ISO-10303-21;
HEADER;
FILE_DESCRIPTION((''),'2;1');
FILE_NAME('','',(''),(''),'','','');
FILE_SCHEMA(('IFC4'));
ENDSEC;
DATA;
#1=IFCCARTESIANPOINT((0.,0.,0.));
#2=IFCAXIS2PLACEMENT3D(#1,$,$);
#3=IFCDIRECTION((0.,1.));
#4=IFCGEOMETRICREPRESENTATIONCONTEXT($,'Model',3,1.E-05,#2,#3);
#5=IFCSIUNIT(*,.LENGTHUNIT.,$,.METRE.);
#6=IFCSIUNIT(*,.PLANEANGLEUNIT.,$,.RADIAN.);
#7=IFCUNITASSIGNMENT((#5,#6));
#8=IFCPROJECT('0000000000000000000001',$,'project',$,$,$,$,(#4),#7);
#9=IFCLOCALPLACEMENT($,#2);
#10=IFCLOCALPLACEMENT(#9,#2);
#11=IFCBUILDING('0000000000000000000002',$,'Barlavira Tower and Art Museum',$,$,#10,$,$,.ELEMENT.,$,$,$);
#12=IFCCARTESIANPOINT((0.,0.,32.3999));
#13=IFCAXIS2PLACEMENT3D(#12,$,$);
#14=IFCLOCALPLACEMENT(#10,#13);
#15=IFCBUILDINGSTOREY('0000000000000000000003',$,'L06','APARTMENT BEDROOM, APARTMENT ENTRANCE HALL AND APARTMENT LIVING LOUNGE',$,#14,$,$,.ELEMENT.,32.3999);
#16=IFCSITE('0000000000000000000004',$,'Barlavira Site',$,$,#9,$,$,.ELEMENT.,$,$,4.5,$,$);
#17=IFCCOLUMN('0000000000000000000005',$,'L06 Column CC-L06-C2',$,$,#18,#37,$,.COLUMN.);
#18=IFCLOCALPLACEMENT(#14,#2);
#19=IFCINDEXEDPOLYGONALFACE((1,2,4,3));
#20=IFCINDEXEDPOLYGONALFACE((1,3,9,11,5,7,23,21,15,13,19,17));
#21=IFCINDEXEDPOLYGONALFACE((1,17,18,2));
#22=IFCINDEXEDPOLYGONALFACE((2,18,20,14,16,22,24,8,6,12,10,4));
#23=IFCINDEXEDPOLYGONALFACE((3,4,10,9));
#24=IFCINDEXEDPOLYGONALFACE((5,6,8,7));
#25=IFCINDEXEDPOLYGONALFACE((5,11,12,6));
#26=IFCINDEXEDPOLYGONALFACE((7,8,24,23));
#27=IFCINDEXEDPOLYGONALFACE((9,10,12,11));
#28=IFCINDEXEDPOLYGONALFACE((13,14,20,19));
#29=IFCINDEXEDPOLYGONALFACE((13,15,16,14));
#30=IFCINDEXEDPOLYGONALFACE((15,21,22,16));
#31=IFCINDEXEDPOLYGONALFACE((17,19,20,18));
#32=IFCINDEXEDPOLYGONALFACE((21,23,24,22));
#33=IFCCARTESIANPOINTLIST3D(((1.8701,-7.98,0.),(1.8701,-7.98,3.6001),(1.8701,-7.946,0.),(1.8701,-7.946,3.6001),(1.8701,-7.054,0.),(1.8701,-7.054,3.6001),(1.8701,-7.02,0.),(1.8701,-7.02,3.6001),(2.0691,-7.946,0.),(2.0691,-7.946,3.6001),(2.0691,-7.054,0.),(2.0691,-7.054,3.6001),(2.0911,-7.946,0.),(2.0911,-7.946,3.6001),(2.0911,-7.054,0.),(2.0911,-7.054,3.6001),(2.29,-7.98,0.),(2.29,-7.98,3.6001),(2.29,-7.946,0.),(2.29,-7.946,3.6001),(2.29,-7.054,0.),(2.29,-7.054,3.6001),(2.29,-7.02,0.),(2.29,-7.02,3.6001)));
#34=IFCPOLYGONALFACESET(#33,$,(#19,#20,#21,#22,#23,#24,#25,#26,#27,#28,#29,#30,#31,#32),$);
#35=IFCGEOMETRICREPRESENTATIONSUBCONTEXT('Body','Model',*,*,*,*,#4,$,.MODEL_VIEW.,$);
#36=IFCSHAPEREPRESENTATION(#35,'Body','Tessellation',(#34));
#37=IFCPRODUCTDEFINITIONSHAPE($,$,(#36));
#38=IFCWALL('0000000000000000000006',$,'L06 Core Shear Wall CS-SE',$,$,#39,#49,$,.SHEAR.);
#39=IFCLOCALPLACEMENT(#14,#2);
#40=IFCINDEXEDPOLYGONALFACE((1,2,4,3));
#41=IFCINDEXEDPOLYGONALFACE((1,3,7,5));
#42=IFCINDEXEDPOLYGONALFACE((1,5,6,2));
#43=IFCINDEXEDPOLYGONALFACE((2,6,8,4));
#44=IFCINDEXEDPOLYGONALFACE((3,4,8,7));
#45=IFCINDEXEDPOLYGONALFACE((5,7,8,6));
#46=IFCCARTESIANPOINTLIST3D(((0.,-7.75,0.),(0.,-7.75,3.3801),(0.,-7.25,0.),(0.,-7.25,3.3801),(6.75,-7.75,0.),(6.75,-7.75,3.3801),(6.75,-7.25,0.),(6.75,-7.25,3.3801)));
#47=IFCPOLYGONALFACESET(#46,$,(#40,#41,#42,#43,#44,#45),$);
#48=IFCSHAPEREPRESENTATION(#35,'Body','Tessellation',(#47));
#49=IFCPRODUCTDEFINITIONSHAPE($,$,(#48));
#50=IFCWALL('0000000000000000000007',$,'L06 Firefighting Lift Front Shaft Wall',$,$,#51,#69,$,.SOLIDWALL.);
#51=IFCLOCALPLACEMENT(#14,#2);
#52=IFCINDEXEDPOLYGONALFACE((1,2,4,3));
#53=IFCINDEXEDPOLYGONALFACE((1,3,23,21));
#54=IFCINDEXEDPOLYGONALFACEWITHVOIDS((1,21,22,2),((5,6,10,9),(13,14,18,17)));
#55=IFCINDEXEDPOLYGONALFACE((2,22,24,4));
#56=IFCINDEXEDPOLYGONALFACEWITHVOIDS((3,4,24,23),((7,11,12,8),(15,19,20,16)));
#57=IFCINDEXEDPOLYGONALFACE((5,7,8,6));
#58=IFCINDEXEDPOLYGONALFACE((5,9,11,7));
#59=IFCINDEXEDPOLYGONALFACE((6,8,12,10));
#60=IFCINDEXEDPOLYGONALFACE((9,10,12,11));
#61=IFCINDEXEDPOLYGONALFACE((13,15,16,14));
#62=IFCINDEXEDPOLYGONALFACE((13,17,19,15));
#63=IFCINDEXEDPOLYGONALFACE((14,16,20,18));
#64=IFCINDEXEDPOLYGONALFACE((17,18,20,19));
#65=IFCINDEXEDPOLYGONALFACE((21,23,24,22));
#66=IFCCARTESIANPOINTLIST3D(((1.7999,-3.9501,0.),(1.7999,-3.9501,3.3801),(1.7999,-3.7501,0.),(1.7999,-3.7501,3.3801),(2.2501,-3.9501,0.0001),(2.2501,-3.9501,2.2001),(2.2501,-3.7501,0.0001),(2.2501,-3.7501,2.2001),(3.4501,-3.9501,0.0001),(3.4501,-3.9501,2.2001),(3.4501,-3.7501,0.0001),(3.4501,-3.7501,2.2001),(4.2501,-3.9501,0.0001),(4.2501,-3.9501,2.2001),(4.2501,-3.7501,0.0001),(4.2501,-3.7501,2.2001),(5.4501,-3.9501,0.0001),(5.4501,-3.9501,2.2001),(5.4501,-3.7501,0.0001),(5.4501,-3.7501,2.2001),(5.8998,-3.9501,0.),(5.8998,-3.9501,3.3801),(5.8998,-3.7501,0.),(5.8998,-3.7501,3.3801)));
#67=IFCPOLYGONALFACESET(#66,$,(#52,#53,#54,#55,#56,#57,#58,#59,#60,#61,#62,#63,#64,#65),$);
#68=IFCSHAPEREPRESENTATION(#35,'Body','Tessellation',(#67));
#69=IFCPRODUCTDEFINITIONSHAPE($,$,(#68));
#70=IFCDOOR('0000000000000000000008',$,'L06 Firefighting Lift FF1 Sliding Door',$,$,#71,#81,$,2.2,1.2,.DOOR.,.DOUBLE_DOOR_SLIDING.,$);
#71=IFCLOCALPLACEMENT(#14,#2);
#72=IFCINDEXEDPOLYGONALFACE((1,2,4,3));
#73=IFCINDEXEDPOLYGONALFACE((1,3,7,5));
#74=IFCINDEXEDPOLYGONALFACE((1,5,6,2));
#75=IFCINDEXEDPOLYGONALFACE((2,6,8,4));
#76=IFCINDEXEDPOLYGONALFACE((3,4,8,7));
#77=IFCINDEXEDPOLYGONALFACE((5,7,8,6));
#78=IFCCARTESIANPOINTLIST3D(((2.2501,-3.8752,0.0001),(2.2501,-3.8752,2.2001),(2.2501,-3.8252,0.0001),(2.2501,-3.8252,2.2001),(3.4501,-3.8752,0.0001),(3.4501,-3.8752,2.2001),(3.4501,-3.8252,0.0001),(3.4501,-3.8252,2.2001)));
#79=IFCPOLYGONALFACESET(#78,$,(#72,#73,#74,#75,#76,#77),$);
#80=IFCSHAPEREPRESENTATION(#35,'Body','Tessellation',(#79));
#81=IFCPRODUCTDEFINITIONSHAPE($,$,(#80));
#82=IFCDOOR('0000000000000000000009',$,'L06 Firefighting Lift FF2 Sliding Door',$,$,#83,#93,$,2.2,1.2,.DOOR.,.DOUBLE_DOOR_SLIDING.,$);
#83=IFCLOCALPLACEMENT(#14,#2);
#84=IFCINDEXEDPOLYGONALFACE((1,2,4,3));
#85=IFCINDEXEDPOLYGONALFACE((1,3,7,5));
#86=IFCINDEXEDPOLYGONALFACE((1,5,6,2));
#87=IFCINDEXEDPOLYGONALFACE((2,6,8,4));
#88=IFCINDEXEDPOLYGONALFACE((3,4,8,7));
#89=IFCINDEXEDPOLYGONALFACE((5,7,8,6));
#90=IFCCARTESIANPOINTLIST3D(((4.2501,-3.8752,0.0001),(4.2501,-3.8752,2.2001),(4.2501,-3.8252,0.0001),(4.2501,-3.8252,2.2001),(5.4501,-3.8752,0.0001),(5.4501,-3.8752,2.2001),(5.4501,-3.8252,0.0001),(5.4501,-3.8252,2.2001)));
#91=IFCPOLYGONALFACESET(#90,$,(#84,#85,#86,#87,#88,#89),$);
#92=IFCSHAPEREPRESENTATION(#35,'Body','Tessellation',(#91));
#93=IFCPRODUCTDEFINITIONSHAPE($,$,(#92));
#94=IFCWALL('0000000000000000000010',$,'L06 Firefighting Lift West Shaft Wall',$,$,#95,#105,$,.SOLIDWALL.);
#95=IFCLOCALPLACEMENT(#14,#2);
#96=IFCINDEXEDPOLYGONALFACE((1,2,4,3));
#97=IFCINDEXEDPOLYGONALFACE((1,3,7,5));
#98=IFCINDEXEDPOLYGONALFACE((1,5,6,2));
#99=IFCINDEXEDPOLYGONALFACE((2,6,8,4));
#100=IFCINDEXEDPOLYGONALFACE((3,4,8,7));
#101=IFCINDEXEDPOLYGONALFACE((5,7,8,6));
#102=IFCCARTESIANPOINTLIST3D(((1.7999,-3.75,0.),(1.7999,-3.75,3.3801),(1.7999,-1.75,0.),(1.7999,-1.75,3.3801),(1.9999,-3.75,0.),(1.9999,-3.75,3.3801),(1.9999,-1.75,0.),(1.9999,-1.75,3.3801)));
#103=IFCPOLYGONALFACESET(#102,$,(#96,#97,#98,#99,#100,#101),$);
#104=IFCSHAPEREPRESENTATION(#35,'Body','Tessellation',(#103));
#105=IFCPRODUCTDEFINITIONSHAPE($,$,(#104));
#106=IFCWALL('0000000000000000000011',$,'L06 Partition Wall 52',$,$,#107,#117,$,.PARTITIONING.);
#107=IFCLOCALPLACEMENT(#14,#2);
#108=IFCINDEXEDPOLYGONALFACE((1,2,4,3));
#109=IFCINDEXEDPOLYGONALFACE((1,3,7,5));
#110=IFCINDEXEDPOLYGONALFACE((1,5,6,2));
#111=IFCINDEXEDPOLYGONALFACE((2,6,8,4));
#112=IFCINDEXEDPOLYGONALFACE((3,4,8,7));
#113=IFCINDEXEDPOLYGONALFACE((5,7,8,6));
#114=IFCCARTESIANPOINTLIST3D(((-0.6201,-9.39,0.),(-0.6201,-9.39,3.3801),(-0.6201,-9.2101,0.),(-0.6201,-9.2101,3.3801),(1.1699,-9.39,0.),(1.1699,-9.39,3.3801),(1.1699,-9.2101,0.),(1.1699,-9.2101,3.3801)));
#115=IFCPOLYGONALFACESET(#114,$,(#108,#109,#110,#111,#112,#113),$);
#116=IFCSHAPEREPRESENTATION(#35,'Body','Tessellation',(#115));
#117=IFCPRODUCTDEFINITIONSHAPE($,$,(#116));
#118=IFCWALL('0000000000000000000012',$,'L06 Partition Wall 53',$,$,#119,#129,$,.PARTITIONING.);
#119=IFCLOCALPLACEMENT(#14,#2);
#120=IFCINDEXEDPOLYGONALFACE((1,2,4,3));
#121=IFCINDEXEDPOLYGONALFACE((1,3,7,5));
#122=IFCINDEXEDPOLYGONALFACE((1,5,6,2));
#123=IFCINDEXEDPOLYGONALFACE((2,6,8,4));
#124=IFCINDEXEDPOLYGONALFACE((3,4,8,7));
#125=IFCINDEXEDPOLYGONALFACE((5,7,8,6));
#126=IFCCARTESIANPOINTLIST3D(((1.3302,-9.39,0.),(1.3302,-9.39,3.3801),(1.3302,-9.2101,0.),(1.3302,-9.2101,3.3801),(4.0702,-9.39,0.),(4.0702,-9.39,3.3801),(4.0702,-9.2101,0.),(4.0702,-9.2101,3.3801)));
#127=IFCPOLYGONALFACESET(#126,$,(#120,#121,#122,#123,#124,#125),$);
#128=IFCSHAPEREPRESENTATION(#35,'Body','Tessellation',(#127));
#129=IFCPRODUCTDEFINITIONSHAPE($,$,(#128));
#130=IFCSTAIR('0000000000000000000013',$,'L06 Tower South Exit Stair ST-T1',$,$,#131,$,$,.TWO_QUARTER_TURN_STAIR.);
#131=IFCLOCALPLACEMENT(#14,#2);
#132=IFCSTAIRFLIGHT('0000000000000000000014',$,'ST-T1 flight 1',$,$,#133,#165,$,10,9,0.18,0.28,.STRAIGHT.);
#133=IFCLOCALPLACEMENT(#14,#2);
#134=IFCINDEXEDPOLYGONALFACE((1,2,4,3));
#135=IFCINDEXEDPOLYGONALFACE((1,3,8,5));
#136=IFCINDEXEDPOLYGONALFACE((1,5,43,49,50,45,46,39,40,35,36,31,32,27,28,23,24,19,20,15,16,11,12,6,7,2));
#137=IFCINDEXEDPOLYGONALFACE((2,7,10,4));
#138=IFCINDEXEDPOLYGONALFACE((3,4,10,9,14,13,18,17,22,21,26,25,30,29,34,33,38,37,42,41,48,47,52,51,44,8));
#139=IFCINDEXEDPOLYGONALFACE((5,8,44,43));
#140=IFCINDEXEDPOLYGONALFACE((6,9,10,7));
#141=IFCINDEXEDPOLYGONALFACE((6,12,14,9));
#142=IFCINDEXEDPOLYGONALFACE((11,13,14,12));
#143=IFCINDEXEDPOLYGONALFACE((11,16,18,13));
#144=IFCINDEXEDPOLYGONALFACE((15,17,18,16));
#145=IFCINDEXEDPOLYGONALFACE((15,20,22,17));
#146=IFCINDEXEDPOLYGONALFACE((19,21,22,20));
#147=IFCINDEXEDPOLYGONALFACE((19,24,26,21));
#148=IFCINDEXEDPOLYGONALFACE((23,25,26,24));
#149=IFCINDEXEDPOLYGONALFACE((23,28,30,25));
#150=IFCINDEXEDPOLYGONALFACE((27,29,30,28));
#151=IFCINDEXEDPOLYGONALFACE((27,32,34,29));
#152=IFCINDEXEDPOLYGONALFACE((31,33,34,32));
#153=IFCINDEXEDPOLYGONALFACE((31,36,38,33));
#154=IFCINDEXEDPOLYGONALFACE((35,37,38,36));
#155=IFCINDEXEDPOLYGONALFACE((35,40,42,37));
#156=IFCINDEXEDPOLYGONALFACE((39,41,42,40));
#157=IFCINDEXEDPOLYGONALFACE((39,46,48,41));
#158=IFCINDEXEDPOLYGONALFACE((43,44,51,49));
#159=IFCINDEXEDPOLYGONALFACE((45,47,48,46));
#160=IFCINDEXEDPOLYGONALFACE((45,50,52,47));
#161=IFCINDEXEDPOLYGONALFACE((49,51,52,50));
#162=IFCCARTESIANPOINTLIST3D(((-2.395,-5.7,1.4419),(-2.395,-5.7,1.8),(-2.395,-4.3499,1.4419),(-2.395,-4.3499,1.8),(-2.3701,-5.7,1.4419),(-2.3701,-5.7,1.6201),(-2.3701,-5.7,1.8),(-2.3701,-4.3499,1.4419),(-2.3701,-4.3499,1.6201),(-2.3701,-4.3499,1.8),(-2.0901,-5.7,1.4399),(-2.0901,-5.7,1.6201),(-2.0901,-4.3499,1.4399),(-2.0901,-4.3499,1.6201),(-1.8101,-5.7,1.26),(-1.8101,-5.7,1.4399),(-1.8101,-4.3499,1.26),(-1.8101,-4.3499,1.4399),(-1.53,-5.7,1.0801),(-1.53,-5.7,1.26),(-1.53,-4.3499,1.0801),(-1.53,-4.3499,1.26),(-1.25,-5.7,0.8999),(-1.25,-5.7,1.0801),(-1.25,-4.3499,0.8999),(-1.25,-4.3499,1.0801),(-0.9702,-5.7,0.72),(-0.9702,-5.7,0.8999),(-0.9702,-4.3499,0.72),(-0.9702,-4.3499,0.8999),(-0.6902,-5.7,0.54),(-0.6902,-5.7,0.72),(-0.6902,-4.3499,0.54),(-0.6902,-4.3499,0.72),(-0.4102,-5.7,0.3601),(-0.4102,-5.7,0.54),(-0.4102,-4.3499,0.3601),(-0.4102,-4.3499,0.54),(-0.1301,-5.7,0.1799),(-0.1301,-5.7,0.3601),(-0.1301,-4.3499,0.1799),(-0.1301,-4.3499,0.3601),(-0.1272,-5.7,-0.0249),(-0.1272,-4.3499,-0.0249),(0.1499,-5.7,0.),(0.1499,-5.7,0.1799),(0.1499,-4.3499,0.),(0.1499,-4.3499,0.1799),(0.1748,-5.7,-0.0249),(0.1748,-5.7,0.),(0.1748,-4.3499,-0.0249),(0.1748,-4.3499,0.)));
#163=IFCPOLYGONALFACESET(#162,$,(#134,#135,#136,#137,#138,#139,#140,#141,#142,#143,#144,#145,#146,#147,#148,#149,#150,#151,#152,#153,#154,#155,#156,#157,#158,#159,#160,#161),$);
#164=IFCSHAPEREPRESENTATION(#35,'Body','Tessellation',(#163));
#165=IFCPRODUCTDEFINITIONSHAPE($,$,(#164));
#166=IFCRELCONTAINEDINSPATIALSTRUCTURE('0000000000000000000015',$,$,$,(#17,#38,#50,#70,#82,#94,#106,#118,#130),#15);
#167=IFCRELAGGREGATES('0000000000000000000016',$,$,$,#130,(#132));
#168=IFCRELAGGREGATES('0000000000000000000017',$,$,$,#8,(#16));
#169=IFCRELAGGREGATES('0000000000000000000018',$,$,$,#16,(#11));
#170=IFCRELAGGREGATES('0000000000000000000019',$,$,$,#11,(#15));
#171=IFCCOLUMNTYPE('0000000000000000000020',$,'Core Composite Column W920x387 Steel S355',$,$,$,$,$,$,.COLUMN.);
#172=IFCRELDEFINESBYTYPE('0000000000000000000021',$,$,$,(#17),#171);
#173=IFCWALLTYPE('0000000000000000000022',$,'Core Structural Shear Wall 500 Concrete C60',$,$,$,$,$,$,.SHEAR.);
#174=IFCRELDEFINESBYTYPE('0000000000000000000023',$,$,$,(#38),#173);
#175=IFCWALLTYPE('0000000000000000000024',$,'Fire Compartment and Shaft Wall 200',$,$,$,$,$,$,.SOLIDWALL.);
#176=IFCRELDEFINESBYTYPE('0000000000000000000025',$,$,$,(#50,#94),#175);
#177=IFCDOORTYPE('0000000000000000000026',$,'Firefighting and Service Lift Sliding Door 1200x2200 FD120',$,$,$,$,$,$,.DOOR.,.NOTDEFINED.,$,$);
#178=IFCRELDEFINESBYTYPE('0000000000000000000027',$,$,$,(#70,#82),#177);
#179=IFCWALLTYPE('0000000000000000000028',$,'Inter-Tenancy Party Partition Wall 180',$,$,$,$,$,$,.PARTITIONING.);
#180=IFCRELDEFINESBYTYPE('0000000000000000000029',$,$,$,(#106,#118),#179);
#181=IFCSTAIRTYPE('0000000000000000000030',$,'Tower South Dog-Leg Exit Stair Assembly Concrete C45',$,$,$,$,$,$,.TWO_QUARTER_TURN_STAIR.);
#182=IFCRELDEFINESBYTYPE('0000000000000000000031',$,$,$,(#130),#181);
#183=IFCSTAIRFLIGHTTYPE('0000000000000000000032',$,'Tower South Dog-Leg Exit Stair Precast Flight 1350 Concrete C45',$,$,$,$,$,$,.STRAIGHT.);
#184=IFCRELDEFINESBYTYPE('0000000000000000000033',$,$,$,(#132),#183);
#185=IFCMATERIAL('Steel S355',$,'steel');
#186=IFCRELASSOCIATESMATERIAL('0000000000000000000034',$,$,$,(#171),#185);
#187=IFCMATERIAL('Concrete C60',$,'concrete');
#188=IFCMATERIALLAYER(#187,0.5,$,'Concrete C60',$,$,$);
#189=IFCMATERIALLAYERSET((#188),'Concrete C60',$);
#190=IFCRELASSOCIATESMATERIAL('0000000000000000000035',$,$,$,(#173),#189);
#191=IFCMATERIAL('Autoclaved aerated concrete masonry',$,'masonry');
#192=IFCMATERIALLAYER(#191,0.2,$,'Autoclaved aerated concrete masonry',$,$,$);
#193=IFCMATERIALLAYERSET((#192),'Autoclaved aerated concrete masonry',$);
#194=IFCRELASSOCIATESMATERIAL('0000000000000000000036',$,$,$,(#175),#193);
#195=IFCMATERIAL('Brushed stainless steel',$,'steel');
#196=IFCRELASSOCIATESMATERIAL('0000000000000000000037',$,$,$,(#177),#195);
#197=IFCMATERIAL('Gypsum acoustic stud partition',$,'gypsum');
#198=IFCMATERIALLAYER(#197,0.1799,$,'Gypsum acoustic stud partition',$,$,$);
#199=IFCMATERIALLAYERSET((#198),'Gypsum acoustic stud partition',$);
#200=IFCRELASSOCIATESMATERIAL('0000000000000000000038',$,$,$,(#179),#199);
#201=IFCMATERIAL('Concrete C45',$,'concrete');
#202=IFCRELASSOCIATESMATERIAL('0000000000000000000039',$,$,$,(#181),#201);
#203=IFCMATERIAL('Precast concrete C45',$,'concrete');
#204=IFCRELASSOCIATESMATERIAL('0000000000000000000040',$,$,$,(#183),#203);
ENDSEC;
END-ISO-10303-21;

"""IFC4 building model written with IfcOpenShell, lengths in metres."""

from ifc_helpers import new_model, si_unit, direction, frame, frame_2d, origin, origin_2d, place, context, subcontext, project, spatial, polyline, rectangle, i_section, outline, extrude, material, layer, layer_set, material_profile, profile_set, type_object, element, fill, aggregate, save


model = new_model("IFC4")

# Units and contexts
model_context = context("Model", 3, precision=1e-05, world=origin(), true_north=direction((0.0, 1.0)))
body_context = subcontext(model_context, "Body", "Model", "MODEL_VIEW")
ifc_project = project(units=[si_unit("LENGTHUNIT", "METRE"), si_unit("PLANEANGLEUNIT", "RADIAN")], contexts=[model_context])

# Site, building, storey
site_placement = place(None, origin())
site = spatial("IfcSite", under=ifc_project, at=site_placement, Name="Barlavira Site", CompositionType="ELEMENT", RefElevation=4.5)
building_placement = place(site_placement, origin())
building = spatial("IfcBuilding", under=site, at=building_placement, Name="Barlavira Tower and Art Museum", CompositionType="ELEMENT")
storey_placement = place(building_placement, frame((0.0, 0.0, 32.3999)))
storey = spatial("IfcBuildingStorey", under=building, at=storey_placement, Name="L06", Description="APARTMENT BEDROOM, APARTMENT ENTRANCE HALL AND APARTMENT LIVING LOUNGE", CompositionType="ELEMENT", Elevation=32.3999)

# Column
ifc_material_1 = material(Name="Steel S355", Category="steel")
ifc_material_profile = material_profile(ifc_material_1, i_section(OverallWidth=0.4199, OverallDepth=0.96, WebThickness=0.022, FlangeThickness=0.0339, at=origin_2d()), Name="W920x387.0")
ifc_profile_set = profile_set([ifc_material_profile], Name="Steel S355")
column_type = type_object("IfcColumnType", Name="Core Composite Column W920x387 Steel S355", PredefinedType="COLUMN", material=ifc_profile_set)
column_placement = place(storey_placement, frame((2.0801, -7.5, 0.0), z_axis=(0.0, 0.0, 1.0), x_axis=(1.0, 0.0, 0.0)))
element("IfcColumn", 1, at=column_placement, inside=storey, type_object=column_type, Name="L06 Column CC-L06-C2", PredefinedType="COLUMN", context=body_context, shape_type="SweptSolid", body=[
    extrude(i_section(OverallWidth=0.4199, OverallDepth=0.96, WebThickness=0.022, FlangeThickness=0.0339, at=origin_2d()), origin(), (0.0, 0.0, 1.0), 3.6001),
])

# Wall
ifc_material_2 = material(Name="Concrete C60", Category="concrete")
ifc_layer_1 = layer(ifc_material_2, 0.5, Name="Concrete C60")
ifc_layer_set_1 = layer_set([ifc_layer_1], Name="Concrete C60")
wall_type_1 = type_object("IfcWallType", Name="Core Structural Shear Wall 500 Concrete C60", PredefinedType="SHEAR", material=ifc_layer_set_1)
wall_1_placement = place(storey_placement, frame((0.0, -7.5, 0.0), z_axis=(0.0, 0.0, 1.0), x_axis=(1.0, 0.0, 0.0)))
element("IfcWall", 2, at=wall_1_placement, inside=storey, type_object=wall_type_1, Name="L06 Core Shear Wall CS-SE", PredefinedType="SHEAR", context=body_context, shape_type="SweptSolid", body=[
    extrude(rectangle(XDim=6.75, YDim=0.5, at=frame_2d((3.375, 0.0))), origin(), (0.0, 0.0, 1.0), 3.3801),
])

# Wall, openings, doors
ifc_material_3 = material(Name="Autoclaved aerated concrete masonry", Category="masonry")
ifc_layer_2 = layer(ifc_material_3, 0.2, Name="Autoclaved aerated concrete masonry")
ifc_layer_set_2 = layer_set([ifc_layer_2], Name="Autoclaved aerated concrete masonry")
wall_type_2 = type_object("IfcWallType", Name="Fire Compartment and Shaft Wall 200", PredefinedType="SOLIDWALL", material=ifc_layer_set_2)
wall_2_placement = place(storey_placement, frame((1.8, -3.8501, 0.0), z_axis=(0.0, 0.0, 1.0), x_axis=(1.0, 0.0, 0.0)))
wall_2 = element("IfcWall", 3, at=wall_2_placement, inside=storey, type_object=wall_type_2, Name="L06 Firefighting Lift Front Shaft Wall", PredefinedType="SOLIDWALL", context=body_context, shape_type="SweptSolid", body=[
    extrude(rectangle(XDim=4.0999, YDim=0.2, at=frame_2d((2.0498, 0.0))), origin(), (0.0, 0.0, 1.0), 3.3801),
])
opening_1_placement = place(wall_2_placement, frame((0.45, 0.0, 0.0)))
opening_1 = element("IfcOpeningElement", 4, at=opening_1_placement, cuts=wall_2, PredefinedType="OPENING", context=body_context, shape_type="SweptSolid", body=[
    extrude(rectangle(XDim=1.2, YDim=2.2, at=frame_2d((0.6001, 1.1001))), frame((0.0, 0.1099, 0.0), z_axis=(0.0, -1.0, 0.0), x_axis=(1.0, 0.0, 0.0)), (0.0, 0.0, 1.0), 0.22),
])
opening_2_placement = place(wall_2_placement, frame((2.45, 0.0, 0.0)))
opening_2 = element("IfcOpeningElement", 5, at=opening_2_placement, cuts=wall_2, PredefinedType="OPENING", context=body_context, shape_type="SweptSolid", body=[
    extrude(rectangle(XDim=1.2, YDim=2.2, at=frame_2d((0.6001, 1.1001))), frame((0.0, 0.1099, 0.0), z_axis=(0.0, -1.0, 0.0), x_axis=(1.0, 0.0, 0.0)), (0.0, 0.0, 1.0), 0.22),
])
ifc_material_4 = material(Name="Brushed stainless steel", Category="steel")
door_type_1 = type_object("IfcDoorType", Name="Firefighting and Service Lift Sliding Door 1200x2200 FD120", OperationType="NOTDEFINED", PredefinedType="DOOR", material=ifc_material_4)
door_1_placement = place(opening_1_placement, origin())
door_1 = element("IfcDoor", 6, at=door_1_placement, inside=storey, type_object=door_type_1, Name="L06 Firefighting Lift FF1 Sliding Door", OperationType="DOUBLE_DOOR_SLIDING", OverallHeight=2.2, OverallWidth=1.2, PredefinedType="DOOR", context=body_context, shape_type="SweptSolid", body=[
    extrude(rectangle(XDim=1.2, YDim=2.2, at=frame_2d((0.6001, 1.1001))), frame((0.0, 0.0249, 0.0), z_axis=(0.0, -1.0, 0.0), x_axis=(1.0, 0.0, 0.0)), (0.0, 0.0, 1.0), 0.05),
])
fill(opening_1, door_1)
door_2_placement = place(opening_2_placement, origin())
door_2 = element("IfcDoor", 7, at=door_2_placement, inside=storey, type_object=door_type_1, Name="L06 Firefighting Lift FF2 Sliding Door", OperationType="DOUBLE_DOOR_SLIDING", OverallHeight=2.2, OverallWidth=1.2, PredefinedType="DOOR", context=body_context, shape_type="SweptSolid", body=[
    extrude(rectangle(XDim=1.2, YDim=2.2, at=frame_2d((0.6001, 1.1001))), frame((0.0, 0.0249, 0.0), z_axis=(0.0, -1.0, 0.0), x_axis=(1.0, 0.0, 0.0)), (0.0, 0.0, 1.0), 0.05),
])
fill(opening_2, door_2)

# Walls
wall_3_placement = place(storey_placement, frame((1.8999, -3.75, 0.0), z_axis=(0.0, 0.0, 1.0), x_axis=(0.0, 1.0, 0.0)))
element("IfcWall", 8, at=wall_3_placement, inside=storey, type_object=wall_type_2, Name="L06 Firefighting Lift West Shaft Wall", PredefinedType="SOLIDWALL", context=body_context, shape_type="SweptSolid", body=[
    extrude(rectangle(XDim=2.0, YDim=0.2, at=frame_2d((1.0, 0.0))), origin(), (0.0, 0.0, 1.0), 3.3801),
])
ifc_material_5 = material(Name="Gypsum acoustic stud partition", Category="gypsum")
ifc_layer_3 = layer(ifc_material_5, 0.1799, Name="Gypsum acoustic stud partition")
ifc_layer_set_3 = layer_set([ifc_layer_3], Name="Gypsum acoustic stud partition")
wall_type_3 = type_object("IfcWallType", Name="Inter-Tenancy Party Partition Wall 180", PredefinedType="PARTITIONING", material=ifc_layer_set_3)
wall_4_placement = place(storey_placement, frame((-0.6201, -9.3, 0.0), z_axis=(0.0, 0.0, 1.0), x_axis=(1.0, 0.0, 0.0)))
element("IfcWall", 9, at=wall_4_placement, inside=storey, type_object=wall_type_3, Name="L06 Partition Wall 52", PredefinedType="PARTITIONING", context=body_context, shape_type="SweptSolid", body=[
    extrude(rectangle(XDim=1.79, YDim=0.1799, at=frame_2d((0.895, 0.0))), origin(), (0.0, 0.0, 1.0), 3.3801),
])
wall_5_placement = place(storey_placement, frame((1.3301, -9.3, 0.0), z_axis=(0.0, 0.0, 1.0), x_axis=(1.0, 0.0, 0.0)))
element("IfcWall", 10, at=wall_5_placement, inside=storey, type_object=wall_type_3, Name="L06 Partition Wall 53", PredefinedType="PARTITIONING", context=body_context, shape_type="SweptSolid", body=[
    extrude(rectangle(XDim=2.74, YDim=0.1799, at=frame_2d((1.3701, 0.0))), origin(), (0.0, 0.0, 1.0), 3.3801),
])

# Stair, stair flight
ifc_material_6 = material(Name="Concrete C45", Category="concrete")
stair_type = type_object("IfcStairType", Name="Tower South Dog-Leg Exit Stair Assembly Concrete C45", PredefinedType="TWO_QUARTER_TURN_STAIR", material=ifc_material_6)
stair_placement = place(storey_placement, origin())
stair = element("IfcStair", 11, at=stair_placement, inside=storey, type_object=stair_type, Name="L06 Tower South Exit Stair ST-T1", PredefinedType="TWO_QUARTER_TURN_STAIR")
ifc_material_7 = material(Name="Precast concrete C45", Category="concrete")
stair_flight_type = type_object("IfcStairFlightType", Name="Tower South Dog-Leg Exit Stair Precast Flight 1350 Concrete C45", PredefinedType="STRAIGHT", material=ifc_material_7)
stair_flight_placement = place(storey_placement, frame((0.1499, -5.0249, 0.0), z_axis=(0.0, 0.0, 1.0), x_axis=(-1.0, 0.0, 0.0)))
stair_flight = element("IfcStairFlight", 12, at=stair_flight_placement, type_object=stair_flight_type, Name="ST-T1 flight 1", NumberOfRisers=10, NumberOfTreads=9, PredefinedType="STRAIGHT", RiserHeight=0.18, TreadLength=0.28, context=body_context, shape_type="SweptSolid", body=[
    extrude(outline(polyline([(-0.0249, 0.0), (0.0, 0.0), (0.0, 0.1799), (0.28, 0.1799), (0.28, 0.3601), (0.5601, 0.3601), (0.5601, 0.54), (0.8401, 0.54), (0.8401, 0.72), (1.1201, 0.72), (1.1201, 0.8999), (1.3999, 0.8999), (1.3999, 1.0801), (1.6799, 1.0801), (1.6799, 1.26), (1.96, 1.26), (1.96, 1.4399), (2.24, 1.4399), (2.24, 1.6201), (2.52, 1.6201), (2.52, 1.8), (2.5449, 1.8), (2.5449, 1.4419), (2.52, 1.4419), (0.2771, -0.0249), (-0.0249, -0.0249), (-0.0249, 0.0)])), frame((0.0, 0.675, 0.0), z_axis=(0.0, -1.0, 0.0), x_axis=(1.0, 0.0, 0.0)), (0.0, 0.0, 1.0), 1.3501),
])
aggregate(stair, [stair_flight])

save(model, "model.ifc")
